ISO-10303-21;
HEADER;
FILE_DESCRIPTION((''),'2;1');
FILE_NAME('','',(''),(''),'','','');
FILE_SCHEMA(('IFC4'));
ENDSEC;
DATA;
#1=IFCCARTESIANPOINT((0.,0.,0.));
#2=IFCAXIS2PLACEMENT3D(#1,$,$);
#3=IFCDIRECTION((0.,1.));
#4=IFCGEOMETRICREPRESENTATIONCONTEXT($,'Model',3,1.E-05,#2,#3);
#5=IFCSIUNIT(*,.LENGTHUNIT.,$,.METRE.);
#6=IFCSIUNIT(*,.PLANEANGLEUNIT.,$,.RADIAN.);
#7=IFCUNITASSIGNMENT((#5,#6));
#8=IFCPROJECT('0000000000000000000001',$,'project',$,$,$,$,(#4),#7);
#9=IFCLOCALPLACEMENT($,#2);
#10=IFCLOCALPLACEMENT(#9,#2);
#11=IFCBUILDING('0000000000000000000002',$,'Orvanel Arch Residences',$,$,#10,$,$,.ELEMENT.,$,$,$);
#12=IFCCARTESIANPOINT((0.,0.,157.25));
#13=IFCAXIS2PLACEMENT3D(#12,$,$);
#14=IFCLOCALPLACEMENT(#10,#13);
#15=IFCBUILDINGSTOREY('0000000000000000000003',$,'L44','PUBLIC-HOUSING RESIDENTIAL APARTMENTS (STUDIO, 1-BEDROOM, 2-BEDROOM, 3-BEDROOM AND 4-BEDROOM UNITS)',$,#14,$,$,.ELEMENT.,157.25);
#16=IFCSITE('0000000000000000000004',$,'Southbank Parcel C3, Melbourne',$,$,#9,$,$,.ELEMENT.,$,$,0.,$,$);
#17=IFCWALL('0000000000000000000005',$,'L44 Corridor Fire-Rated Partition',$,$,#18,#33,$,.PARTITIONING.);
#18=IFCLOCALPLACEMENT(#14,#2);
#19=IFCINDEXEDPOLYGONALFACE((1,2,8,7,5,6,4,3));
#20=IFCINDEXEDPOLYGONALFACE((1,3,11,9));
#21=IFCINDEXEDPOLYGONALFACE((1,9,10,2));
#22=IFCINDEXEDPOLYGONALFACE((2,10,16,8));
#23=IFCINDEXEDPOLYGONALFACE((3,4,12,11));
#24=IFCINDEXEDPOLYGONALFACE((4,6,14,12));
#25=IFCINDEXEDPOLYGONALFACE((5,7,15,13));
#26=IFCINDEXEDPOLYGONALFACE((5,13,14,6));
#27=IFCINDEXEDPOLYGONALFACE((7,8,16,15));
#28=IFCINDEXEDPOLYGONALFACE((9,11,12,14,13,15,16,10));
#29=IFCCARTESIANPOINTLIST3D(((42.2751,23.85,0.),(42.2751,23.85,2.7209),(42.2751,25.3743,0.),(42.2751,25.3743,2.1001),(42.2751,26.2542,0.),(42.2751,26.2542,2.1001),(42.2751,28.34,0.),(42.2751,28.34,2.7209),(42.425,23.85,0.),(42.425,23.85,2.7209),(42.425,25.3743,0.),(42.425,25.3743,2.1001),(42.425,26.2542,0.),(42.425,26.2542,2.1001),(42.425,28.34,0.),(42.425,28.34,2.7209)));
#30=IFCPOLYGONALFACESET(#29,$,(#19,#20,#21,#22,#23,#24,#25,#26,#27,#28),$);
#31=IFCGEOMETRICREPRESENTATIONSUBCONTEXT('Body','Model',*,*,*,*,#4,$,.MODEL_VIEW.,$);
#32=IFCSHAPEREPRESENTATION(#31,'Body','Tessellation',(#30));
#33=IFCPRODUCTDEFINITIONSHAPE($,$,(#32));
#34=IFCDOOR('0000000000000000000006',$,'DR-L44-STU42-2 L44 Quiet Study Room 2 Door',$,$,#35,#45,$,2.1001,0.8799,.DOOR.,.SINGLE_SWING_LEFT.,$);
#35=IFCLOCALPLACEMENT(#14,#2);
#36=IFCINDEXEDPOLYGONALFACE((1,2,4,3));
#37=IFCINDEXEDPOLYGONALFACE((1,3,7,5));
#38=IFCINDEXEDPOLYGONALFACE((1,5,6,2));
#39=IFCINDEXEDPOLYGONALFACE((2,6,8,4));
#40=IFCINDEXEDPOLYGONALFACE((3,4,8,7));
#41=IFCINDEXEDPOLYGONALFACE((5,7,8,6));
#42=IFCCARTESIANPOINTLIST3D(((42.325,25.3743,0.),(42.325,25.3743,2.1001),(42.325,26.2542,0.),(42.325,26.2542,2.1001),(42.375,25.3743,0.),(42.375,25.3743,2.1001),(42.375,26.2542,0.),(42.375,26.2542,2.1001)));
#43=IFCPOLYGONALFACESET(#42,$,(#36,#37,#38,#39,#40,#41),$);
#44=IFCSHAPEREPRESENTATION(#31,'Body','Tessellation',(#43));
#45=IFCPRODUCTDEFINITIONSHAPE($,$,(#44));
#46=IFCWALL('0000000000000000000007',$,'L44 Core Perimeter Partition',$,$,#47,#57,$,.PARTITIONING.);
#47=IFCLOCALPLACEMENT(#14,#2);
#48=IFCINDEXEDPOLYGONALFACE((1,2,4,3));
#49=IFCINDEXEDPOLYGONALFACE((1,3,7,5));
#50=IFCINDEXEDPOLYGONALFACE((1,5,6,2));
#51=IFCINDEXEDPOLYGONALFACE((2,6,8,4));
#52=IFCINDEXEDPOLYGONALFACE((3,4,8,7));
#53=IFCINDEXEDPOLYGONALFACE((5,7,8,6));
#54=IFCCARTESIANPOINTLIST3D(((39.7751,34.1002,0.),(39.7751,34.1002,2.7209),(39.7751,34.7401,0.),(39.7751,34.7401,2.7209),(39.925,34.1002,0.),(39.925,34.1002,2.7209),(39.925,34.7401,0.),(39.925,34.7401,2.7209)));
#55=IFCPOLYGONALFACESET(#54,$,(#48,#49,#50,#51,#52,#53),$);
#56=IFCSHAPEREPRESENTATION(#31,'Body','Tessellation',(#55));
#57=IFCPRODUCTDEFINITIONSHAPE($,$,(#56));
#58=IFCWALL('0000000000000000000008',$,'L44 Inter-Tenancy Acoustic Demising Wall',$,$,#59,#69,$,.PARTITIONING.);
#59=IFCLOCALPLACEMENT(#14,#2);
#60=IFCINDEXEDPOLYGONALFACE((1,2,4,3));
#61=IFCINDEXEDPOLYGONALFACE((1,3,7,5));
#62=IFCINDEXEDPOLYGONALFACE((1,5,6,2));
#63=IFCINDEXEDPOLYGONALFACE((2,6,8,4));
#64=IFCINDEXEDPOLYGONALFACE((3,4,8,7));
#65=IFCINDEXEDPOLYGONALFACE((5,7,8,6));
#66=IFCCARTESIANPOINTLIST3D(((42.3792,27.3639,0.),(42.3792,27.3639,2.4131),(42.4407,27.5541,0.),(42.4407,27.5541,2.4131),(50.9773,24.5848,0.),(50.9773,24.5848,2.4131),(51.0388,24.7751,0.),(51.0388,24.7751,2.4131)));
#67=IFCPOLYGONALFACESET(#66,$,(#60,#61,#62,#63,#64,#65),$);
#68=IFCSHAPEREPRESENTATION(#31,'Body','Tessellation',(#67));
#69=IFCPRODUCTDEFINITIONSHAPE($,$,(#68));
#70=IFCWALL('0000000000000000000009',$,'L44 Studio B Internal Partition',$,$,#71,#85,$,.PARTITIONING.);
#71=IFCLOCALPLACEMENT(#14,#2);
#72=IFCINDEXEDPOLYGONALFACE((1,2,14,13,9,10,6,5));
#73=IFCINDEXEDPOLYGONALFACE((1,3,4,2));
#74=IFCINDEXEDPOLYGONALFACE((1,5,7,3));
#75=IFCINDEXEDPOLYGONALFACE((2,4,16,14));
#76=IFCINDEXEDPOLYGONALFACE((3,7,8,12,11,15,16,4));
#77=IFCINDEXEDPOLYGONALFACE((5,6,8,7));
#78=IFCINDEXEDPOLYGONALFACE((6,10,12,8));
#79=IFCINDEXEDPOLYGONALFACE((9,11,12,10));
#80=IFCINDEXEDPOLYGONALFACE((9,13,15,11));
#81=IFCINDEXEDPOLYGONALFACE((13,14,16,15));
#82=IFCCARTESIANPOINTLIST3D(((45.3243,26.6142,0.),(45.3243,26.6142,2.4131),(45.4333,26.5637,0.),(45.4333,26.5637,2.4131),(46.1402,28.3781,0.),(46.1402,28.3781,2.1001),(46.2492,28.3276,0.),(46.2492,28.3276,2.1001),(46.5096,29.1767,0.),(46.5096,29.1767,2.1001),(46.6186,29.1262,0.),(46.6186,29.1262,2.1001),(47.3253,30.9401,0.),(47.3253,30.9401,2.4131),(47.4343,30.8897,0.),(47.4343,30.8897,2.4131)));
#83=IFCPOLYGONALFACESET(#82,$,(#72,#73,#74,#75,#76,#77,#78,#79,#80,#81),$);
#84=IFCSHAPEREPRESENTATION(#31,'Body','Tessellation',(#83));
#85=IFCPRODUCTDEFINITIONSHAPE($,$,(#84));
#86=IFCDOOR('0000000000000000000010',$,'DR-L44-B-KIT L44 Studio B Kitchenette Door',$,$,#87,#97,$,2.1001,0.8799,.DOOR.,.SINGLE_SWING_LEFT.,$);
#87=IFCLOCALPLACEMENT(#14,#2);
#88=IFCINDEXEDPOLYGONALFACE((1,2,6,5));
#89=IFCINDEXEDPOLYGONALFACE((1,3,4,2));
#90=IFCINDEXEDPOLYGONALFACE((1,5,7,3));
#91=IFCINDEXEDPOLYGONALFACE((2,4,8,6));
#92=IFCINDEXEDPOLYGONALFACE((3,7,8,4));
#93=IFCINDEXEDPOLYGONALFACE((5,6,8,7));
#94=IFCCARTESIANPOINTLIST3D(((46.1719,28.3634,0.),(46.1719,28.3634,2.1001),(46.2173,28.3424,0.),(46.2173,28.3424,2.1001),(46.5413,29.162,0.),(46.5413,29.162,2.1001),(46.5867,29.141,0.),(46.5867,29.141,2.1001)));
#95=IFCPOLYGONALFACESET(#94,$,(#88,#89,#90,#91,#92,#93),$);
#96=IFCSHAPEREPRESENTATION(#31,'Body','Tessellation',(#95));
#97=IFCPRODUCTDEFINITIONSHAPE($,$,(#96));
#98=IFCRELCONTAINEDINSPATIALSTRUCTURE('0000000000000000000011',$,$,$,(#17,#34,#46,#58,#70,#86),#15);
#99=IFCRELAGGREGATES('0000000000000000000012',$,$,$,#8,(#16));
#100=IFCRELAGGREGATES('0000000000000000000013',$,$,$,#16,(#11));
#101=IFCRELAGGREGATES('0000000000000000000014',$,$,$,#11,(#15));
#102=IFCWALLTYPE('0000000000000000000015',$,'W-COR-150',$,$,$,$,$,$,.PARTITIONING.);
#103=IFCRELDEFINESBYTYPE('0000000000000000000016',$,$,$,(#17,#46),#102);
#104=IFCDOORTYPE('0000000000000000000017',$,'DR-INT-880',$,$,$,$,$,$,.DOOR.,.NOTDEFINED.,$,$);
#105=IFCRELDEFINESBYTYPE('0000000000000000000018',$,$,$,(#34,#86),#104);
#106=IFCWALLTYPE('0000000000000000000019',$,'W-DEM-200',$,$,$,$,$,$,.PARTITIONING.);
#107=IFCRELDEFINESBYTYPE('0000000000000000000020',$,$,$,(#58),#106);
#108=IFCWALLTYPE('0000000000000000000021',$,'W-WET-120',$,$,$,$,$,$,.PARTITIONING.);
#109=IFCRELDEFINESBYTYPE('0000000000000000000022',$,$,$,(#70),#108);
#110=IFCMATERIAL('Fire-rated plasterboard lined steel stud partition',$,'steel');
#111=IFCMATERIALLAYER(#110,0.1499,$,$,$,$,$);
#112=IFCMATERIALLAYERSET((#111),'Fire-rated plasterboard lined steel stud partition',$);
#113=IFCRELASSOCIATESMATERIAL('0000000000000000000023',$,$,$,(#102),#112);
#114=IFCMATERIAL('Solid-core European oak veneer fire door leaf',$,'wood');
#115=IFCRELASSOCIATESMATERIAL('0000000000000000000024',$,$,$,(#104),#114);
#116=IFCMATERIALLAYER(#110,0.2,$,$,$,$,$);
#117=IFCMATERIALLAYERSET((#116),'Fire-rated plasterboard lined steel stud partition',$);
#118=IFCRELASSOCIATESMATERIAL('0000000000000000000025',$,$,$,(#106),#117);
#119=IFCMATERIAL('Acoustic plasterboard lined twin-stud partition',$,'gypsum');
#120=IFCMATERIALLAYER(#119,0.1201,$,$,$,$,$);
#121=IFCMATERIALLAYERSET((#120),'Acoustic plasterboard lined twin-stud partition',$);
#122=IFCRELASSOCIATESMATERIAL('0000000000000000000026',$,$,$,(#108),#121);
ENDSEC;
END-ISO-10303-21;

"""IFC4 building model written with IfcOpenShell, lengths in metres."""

from ifc_helpers import new_model, si_unit, direction, frame, frame_2d, origin, place, context, subcontext, project, spatial, rectangle, extrude, material, layer, layer_set, type_object, element, fill, save


model = new_model("IFC4")

# Units and contexts
model_context = context("Model", 3, precision=1e-05, world=origin(), true_north=direction((0.0, 1.0)))
body_context = subcontext(model_context, "Body", "Model", "MODEL_VIEW")
ifc_project = project(units=[si_unit("LENGTHUNIT", "METRE"), si_unit("PLANEANGLEUNIT", "RADIAN")], contexts=[model_context])

# Site, building, storey
site_placement = place(None, origin())
site = spatial("IfcSite", under=ifc_project, at=site_placement, Name="Southbank Parcel C3, Melbourne", CompositionType="ELEMENT", RefElevation=0.0)
building_placement = place(site_placement, origin())
building = spatial("IfcBuilding", under=site, at=building_placement, Name="Orvanel Arch Residences", CompositionType="ELEMENT")
storey_placement = place(building_placement, frame((0.0, 0.0, 157.25)))
storey = spatial("IfcBuildingStorey", under=building, at=storey_placement, Name="L44", Description="PUBLIC-HOUSING RESIDENTIAL APARTMENTS (STUDIO, 1-BEDROOM, 2-BEDROOM, 3-BEDROOM AND 4-BEDROOM UNITS)", CompositionType="ELEMENT", Elevation=157.25)

# Wall, opening, door
ifc_material_1 = material(Name="Fire-rated plasterboard lined steel stud partition", Category="steel")
ifc_layer_1 = layer(ifc_material_1, 0.1499)
ifc_layer_set_1 = layer_set([ifc_layer_1], Name="Fire-rated plasterboard lined steel stud partition")
wall_type_1 = type_object("IfcWallType", Name="W-COR-150", PredefinedType="PARTITIONING", material=ifc_layer_set_1)
ifc_material_2 = material(Name="Solid-core European oak veneer fire door leaf", Category="wood")
wall_1_placement = place(storey_placement, frame((42.3501, 28.3401, 0.0), z_axis=(0.0, 0.0, 1.0), x_axis=(0.0, -1.0, 0.0)))
wall_1 = element("IfcWall", 1, at=wall_1_placement, inside=storey, type_object=wall_type_1, Name="L44 Corridor Fire-Rated Partition", PredefinedType="PARTITIONING", context=body_context, shape_type="SweptSolid", body=[
    extrude(rectangle(XDim=4.49, YDim=0.1499, at=frame_2d((2.2451, 0.0))), origin(), (0.0, 0.0, 1.0), 2.7209),
])
opening_1_placement = place(wall_1_placement, frame((2.0859, 0.0, 0.0)))
opening_1 = element("IfcOpeningElement", 2, at=opening_1_placement, cuts=wall_1, PredefinedType="OPENING", context=body_context, shape_type="SweptSolid", body=[
    extrude(rectangle(XDim=0.8799, YDim=2.1001, at=frame_2d((0.4399, 1.05))), frame((0.0, 0.085, 0.0), z_axis=(0.0, -1.0, 0.0), x_axis=(1.0, 0.0, 0.0)), (0.0, 0.0, 1.0), 0.1699),
])
door_type_1 = type_object("IfcDoorType", Name="DR-INT-880", OperationType="NOTDEFINED", PredefinedType="DOOR", material=ifc_material_2)
door_1_placement = place(opening_1_placement, origin())
door_1 = element("IfcDoor", 3, at=door_1_placement, inside=storey, type_object=door_type_1, Name="DR-L44-STU42-2 L44 Quiet Study Room 2 Door", OperationType="SINGLE_SWING_LEFT", OverallHeight=2.1001, OverallWidth=0.8799, PredefinedType="DOOR", context=body_context, shape_type="SweptSolid", body=[
    extrude(rectangle(XDim=0.8799, YDim=2.1001, at=frame_2d((0.4399, 1.05))), frame((0.0, 0.0249, 0.0), z_axis=(0.0, -1.0, 0.0), x_axis=(1.0, 0.0, 0.0)), (0.0, 0.0, 1.0), 0.05),
])
fill(opening_1, door_1)

# Walls
wall_2_placement = place(storey_placement, frame((39.8501, 34.74, 0.0), z_axis=(0.0, 0.0, 1.0), x_axis=(0.0, -1.0, 0.0)))
element("IfcWall", 4, at=wall_2_placement, inside=storey, type_object=wall_type_1, Name="L44 Core Perimeter Partition", PredefinedType="PARTITIONING", context=body_context, shape_type="SweptSolid", body=[
    extrude(rectangle(XDim=0.6399, YDim=0.1499, at=frame_2d((0.3198, 0.0))), origin(), (0.0, 0.0, 1.0), 2.7209),
])
ifc_layer_2 = layer(ifc_material_1, 0.2)
ifc_layer_set_2 = layer_set([ifc_layer_2], Name="Fire-rated plasterboard lined steel stud partition")
wall_type_2 = type_object("IfcWallType", Name="W-DEM-200", PredefinedType="PARTITIONING", material=ifc_layer_set_2)
wall_3_placement = place(storey_placement, frame((42.4099, 27.459, 0.0), z_axis=(0.0, 0.0, 1.0), x_axis=(0.951532, -0.30755, 0.0)))
element("IfcWall", 5, at=wall_3_placement, inside=storey, type_object=wall_type_2, Name="L44 Inter-Tenancy Acoustic Demising Wall", PredefinedType="PARTITIONING", context=body_context, shape_type="SweptSolid", body=[
    extrude(rectangle(XDim=9.0361, YDim=0.2, at=frame_2d((4.5181, 0.0))), origin(), (0.0, 0.0, 1.0), 2.4131),
])

# Wall, opening, door
ifc_material_3 = material(Name="Acoustic plasterboard lined twin-stud partition", Category="gypsum")
ifc_layer_3 = layer(ifc_material_3, 0.1201)
ifc_layer_set_3 = layer_set([ifc_layer_3], Name="Acoustic plasterboard lined twin-stud partition")
wall_type_3 = type_object("IfcWallType", Name="W-WET-120", PredefinedType="PARTITIONING", material=ifc_layer_set_3)
wall_4_placement = place(storey_placement, frame((47.3799, 30.915, 0.0), z_axis=(0.0, 0.0, 1.0), x_axis=(-0.419818, -0.907608, 0.0)))
wall_4 = element("IfcWall", 6, at=wall_4_placement, inside=storey, type_object=wall_type_3, Name="L44 Studio B Internal Partition", PredefinedType="PARTITIONING", context=body_context, shape_type="SweptSolid", body=[
    extrude(rectangle(XDim=4.7664, YDim=0.1201, at=frame_2d((2.3833, 0.0))), origin(), (0.0, 0.0, 1.0), 2.4131),
])
opening_2_placement = place(wall_4_placement, frame((1.9431, 0.0, 0.0)))
opening_2 = element("IfcOpeningElement", 7, at=opening_2_placement, cuts=wall_4, PredefinedType="OPENING", context=body_context, shape_type="SweptSolid", body=[
    extrude(rectangle(XDim=0.8799, YDim=2.1001, at=frame_2d((0.4399, 1.05))), frame((0.0, 0.0701, 0.0), z_axis=(0.0, -1.0, 0.0), x_axis=(1.0, 0.0, 0.0)), (0.0, 0.0, 1.0), 0.1401),
])
door_2_placement = place(opening_2_placement, origin())
door_2 = element("IfcDoor", 8, at=door_2_placement, inside=storey, type_object=door_type_1, Name="DR-L44-B-KIT L44 Studio B Kitchenette Door", OperationType="SINGLE_SWING_LEFT", OverallHeight=2.1001, OverallWidth=0.8799, PredefinedType="DOOR", context=body_context, shape_type="SweptSolid", body=[
    extrude(rectangle(XDim=0.8799, YDim=2.1001, at=frame_2d((0.4399, 1.05))), frame((0.0, 0.0249, 0.0), z_axis=(0.0, -1.0, 0.0), x_axis=(1.0, 0.0, 0.0)), (0.0, 0.0, 1.0), 0.05),
])
fill(opening_2, door_2)

save(model, "model.ifc")
